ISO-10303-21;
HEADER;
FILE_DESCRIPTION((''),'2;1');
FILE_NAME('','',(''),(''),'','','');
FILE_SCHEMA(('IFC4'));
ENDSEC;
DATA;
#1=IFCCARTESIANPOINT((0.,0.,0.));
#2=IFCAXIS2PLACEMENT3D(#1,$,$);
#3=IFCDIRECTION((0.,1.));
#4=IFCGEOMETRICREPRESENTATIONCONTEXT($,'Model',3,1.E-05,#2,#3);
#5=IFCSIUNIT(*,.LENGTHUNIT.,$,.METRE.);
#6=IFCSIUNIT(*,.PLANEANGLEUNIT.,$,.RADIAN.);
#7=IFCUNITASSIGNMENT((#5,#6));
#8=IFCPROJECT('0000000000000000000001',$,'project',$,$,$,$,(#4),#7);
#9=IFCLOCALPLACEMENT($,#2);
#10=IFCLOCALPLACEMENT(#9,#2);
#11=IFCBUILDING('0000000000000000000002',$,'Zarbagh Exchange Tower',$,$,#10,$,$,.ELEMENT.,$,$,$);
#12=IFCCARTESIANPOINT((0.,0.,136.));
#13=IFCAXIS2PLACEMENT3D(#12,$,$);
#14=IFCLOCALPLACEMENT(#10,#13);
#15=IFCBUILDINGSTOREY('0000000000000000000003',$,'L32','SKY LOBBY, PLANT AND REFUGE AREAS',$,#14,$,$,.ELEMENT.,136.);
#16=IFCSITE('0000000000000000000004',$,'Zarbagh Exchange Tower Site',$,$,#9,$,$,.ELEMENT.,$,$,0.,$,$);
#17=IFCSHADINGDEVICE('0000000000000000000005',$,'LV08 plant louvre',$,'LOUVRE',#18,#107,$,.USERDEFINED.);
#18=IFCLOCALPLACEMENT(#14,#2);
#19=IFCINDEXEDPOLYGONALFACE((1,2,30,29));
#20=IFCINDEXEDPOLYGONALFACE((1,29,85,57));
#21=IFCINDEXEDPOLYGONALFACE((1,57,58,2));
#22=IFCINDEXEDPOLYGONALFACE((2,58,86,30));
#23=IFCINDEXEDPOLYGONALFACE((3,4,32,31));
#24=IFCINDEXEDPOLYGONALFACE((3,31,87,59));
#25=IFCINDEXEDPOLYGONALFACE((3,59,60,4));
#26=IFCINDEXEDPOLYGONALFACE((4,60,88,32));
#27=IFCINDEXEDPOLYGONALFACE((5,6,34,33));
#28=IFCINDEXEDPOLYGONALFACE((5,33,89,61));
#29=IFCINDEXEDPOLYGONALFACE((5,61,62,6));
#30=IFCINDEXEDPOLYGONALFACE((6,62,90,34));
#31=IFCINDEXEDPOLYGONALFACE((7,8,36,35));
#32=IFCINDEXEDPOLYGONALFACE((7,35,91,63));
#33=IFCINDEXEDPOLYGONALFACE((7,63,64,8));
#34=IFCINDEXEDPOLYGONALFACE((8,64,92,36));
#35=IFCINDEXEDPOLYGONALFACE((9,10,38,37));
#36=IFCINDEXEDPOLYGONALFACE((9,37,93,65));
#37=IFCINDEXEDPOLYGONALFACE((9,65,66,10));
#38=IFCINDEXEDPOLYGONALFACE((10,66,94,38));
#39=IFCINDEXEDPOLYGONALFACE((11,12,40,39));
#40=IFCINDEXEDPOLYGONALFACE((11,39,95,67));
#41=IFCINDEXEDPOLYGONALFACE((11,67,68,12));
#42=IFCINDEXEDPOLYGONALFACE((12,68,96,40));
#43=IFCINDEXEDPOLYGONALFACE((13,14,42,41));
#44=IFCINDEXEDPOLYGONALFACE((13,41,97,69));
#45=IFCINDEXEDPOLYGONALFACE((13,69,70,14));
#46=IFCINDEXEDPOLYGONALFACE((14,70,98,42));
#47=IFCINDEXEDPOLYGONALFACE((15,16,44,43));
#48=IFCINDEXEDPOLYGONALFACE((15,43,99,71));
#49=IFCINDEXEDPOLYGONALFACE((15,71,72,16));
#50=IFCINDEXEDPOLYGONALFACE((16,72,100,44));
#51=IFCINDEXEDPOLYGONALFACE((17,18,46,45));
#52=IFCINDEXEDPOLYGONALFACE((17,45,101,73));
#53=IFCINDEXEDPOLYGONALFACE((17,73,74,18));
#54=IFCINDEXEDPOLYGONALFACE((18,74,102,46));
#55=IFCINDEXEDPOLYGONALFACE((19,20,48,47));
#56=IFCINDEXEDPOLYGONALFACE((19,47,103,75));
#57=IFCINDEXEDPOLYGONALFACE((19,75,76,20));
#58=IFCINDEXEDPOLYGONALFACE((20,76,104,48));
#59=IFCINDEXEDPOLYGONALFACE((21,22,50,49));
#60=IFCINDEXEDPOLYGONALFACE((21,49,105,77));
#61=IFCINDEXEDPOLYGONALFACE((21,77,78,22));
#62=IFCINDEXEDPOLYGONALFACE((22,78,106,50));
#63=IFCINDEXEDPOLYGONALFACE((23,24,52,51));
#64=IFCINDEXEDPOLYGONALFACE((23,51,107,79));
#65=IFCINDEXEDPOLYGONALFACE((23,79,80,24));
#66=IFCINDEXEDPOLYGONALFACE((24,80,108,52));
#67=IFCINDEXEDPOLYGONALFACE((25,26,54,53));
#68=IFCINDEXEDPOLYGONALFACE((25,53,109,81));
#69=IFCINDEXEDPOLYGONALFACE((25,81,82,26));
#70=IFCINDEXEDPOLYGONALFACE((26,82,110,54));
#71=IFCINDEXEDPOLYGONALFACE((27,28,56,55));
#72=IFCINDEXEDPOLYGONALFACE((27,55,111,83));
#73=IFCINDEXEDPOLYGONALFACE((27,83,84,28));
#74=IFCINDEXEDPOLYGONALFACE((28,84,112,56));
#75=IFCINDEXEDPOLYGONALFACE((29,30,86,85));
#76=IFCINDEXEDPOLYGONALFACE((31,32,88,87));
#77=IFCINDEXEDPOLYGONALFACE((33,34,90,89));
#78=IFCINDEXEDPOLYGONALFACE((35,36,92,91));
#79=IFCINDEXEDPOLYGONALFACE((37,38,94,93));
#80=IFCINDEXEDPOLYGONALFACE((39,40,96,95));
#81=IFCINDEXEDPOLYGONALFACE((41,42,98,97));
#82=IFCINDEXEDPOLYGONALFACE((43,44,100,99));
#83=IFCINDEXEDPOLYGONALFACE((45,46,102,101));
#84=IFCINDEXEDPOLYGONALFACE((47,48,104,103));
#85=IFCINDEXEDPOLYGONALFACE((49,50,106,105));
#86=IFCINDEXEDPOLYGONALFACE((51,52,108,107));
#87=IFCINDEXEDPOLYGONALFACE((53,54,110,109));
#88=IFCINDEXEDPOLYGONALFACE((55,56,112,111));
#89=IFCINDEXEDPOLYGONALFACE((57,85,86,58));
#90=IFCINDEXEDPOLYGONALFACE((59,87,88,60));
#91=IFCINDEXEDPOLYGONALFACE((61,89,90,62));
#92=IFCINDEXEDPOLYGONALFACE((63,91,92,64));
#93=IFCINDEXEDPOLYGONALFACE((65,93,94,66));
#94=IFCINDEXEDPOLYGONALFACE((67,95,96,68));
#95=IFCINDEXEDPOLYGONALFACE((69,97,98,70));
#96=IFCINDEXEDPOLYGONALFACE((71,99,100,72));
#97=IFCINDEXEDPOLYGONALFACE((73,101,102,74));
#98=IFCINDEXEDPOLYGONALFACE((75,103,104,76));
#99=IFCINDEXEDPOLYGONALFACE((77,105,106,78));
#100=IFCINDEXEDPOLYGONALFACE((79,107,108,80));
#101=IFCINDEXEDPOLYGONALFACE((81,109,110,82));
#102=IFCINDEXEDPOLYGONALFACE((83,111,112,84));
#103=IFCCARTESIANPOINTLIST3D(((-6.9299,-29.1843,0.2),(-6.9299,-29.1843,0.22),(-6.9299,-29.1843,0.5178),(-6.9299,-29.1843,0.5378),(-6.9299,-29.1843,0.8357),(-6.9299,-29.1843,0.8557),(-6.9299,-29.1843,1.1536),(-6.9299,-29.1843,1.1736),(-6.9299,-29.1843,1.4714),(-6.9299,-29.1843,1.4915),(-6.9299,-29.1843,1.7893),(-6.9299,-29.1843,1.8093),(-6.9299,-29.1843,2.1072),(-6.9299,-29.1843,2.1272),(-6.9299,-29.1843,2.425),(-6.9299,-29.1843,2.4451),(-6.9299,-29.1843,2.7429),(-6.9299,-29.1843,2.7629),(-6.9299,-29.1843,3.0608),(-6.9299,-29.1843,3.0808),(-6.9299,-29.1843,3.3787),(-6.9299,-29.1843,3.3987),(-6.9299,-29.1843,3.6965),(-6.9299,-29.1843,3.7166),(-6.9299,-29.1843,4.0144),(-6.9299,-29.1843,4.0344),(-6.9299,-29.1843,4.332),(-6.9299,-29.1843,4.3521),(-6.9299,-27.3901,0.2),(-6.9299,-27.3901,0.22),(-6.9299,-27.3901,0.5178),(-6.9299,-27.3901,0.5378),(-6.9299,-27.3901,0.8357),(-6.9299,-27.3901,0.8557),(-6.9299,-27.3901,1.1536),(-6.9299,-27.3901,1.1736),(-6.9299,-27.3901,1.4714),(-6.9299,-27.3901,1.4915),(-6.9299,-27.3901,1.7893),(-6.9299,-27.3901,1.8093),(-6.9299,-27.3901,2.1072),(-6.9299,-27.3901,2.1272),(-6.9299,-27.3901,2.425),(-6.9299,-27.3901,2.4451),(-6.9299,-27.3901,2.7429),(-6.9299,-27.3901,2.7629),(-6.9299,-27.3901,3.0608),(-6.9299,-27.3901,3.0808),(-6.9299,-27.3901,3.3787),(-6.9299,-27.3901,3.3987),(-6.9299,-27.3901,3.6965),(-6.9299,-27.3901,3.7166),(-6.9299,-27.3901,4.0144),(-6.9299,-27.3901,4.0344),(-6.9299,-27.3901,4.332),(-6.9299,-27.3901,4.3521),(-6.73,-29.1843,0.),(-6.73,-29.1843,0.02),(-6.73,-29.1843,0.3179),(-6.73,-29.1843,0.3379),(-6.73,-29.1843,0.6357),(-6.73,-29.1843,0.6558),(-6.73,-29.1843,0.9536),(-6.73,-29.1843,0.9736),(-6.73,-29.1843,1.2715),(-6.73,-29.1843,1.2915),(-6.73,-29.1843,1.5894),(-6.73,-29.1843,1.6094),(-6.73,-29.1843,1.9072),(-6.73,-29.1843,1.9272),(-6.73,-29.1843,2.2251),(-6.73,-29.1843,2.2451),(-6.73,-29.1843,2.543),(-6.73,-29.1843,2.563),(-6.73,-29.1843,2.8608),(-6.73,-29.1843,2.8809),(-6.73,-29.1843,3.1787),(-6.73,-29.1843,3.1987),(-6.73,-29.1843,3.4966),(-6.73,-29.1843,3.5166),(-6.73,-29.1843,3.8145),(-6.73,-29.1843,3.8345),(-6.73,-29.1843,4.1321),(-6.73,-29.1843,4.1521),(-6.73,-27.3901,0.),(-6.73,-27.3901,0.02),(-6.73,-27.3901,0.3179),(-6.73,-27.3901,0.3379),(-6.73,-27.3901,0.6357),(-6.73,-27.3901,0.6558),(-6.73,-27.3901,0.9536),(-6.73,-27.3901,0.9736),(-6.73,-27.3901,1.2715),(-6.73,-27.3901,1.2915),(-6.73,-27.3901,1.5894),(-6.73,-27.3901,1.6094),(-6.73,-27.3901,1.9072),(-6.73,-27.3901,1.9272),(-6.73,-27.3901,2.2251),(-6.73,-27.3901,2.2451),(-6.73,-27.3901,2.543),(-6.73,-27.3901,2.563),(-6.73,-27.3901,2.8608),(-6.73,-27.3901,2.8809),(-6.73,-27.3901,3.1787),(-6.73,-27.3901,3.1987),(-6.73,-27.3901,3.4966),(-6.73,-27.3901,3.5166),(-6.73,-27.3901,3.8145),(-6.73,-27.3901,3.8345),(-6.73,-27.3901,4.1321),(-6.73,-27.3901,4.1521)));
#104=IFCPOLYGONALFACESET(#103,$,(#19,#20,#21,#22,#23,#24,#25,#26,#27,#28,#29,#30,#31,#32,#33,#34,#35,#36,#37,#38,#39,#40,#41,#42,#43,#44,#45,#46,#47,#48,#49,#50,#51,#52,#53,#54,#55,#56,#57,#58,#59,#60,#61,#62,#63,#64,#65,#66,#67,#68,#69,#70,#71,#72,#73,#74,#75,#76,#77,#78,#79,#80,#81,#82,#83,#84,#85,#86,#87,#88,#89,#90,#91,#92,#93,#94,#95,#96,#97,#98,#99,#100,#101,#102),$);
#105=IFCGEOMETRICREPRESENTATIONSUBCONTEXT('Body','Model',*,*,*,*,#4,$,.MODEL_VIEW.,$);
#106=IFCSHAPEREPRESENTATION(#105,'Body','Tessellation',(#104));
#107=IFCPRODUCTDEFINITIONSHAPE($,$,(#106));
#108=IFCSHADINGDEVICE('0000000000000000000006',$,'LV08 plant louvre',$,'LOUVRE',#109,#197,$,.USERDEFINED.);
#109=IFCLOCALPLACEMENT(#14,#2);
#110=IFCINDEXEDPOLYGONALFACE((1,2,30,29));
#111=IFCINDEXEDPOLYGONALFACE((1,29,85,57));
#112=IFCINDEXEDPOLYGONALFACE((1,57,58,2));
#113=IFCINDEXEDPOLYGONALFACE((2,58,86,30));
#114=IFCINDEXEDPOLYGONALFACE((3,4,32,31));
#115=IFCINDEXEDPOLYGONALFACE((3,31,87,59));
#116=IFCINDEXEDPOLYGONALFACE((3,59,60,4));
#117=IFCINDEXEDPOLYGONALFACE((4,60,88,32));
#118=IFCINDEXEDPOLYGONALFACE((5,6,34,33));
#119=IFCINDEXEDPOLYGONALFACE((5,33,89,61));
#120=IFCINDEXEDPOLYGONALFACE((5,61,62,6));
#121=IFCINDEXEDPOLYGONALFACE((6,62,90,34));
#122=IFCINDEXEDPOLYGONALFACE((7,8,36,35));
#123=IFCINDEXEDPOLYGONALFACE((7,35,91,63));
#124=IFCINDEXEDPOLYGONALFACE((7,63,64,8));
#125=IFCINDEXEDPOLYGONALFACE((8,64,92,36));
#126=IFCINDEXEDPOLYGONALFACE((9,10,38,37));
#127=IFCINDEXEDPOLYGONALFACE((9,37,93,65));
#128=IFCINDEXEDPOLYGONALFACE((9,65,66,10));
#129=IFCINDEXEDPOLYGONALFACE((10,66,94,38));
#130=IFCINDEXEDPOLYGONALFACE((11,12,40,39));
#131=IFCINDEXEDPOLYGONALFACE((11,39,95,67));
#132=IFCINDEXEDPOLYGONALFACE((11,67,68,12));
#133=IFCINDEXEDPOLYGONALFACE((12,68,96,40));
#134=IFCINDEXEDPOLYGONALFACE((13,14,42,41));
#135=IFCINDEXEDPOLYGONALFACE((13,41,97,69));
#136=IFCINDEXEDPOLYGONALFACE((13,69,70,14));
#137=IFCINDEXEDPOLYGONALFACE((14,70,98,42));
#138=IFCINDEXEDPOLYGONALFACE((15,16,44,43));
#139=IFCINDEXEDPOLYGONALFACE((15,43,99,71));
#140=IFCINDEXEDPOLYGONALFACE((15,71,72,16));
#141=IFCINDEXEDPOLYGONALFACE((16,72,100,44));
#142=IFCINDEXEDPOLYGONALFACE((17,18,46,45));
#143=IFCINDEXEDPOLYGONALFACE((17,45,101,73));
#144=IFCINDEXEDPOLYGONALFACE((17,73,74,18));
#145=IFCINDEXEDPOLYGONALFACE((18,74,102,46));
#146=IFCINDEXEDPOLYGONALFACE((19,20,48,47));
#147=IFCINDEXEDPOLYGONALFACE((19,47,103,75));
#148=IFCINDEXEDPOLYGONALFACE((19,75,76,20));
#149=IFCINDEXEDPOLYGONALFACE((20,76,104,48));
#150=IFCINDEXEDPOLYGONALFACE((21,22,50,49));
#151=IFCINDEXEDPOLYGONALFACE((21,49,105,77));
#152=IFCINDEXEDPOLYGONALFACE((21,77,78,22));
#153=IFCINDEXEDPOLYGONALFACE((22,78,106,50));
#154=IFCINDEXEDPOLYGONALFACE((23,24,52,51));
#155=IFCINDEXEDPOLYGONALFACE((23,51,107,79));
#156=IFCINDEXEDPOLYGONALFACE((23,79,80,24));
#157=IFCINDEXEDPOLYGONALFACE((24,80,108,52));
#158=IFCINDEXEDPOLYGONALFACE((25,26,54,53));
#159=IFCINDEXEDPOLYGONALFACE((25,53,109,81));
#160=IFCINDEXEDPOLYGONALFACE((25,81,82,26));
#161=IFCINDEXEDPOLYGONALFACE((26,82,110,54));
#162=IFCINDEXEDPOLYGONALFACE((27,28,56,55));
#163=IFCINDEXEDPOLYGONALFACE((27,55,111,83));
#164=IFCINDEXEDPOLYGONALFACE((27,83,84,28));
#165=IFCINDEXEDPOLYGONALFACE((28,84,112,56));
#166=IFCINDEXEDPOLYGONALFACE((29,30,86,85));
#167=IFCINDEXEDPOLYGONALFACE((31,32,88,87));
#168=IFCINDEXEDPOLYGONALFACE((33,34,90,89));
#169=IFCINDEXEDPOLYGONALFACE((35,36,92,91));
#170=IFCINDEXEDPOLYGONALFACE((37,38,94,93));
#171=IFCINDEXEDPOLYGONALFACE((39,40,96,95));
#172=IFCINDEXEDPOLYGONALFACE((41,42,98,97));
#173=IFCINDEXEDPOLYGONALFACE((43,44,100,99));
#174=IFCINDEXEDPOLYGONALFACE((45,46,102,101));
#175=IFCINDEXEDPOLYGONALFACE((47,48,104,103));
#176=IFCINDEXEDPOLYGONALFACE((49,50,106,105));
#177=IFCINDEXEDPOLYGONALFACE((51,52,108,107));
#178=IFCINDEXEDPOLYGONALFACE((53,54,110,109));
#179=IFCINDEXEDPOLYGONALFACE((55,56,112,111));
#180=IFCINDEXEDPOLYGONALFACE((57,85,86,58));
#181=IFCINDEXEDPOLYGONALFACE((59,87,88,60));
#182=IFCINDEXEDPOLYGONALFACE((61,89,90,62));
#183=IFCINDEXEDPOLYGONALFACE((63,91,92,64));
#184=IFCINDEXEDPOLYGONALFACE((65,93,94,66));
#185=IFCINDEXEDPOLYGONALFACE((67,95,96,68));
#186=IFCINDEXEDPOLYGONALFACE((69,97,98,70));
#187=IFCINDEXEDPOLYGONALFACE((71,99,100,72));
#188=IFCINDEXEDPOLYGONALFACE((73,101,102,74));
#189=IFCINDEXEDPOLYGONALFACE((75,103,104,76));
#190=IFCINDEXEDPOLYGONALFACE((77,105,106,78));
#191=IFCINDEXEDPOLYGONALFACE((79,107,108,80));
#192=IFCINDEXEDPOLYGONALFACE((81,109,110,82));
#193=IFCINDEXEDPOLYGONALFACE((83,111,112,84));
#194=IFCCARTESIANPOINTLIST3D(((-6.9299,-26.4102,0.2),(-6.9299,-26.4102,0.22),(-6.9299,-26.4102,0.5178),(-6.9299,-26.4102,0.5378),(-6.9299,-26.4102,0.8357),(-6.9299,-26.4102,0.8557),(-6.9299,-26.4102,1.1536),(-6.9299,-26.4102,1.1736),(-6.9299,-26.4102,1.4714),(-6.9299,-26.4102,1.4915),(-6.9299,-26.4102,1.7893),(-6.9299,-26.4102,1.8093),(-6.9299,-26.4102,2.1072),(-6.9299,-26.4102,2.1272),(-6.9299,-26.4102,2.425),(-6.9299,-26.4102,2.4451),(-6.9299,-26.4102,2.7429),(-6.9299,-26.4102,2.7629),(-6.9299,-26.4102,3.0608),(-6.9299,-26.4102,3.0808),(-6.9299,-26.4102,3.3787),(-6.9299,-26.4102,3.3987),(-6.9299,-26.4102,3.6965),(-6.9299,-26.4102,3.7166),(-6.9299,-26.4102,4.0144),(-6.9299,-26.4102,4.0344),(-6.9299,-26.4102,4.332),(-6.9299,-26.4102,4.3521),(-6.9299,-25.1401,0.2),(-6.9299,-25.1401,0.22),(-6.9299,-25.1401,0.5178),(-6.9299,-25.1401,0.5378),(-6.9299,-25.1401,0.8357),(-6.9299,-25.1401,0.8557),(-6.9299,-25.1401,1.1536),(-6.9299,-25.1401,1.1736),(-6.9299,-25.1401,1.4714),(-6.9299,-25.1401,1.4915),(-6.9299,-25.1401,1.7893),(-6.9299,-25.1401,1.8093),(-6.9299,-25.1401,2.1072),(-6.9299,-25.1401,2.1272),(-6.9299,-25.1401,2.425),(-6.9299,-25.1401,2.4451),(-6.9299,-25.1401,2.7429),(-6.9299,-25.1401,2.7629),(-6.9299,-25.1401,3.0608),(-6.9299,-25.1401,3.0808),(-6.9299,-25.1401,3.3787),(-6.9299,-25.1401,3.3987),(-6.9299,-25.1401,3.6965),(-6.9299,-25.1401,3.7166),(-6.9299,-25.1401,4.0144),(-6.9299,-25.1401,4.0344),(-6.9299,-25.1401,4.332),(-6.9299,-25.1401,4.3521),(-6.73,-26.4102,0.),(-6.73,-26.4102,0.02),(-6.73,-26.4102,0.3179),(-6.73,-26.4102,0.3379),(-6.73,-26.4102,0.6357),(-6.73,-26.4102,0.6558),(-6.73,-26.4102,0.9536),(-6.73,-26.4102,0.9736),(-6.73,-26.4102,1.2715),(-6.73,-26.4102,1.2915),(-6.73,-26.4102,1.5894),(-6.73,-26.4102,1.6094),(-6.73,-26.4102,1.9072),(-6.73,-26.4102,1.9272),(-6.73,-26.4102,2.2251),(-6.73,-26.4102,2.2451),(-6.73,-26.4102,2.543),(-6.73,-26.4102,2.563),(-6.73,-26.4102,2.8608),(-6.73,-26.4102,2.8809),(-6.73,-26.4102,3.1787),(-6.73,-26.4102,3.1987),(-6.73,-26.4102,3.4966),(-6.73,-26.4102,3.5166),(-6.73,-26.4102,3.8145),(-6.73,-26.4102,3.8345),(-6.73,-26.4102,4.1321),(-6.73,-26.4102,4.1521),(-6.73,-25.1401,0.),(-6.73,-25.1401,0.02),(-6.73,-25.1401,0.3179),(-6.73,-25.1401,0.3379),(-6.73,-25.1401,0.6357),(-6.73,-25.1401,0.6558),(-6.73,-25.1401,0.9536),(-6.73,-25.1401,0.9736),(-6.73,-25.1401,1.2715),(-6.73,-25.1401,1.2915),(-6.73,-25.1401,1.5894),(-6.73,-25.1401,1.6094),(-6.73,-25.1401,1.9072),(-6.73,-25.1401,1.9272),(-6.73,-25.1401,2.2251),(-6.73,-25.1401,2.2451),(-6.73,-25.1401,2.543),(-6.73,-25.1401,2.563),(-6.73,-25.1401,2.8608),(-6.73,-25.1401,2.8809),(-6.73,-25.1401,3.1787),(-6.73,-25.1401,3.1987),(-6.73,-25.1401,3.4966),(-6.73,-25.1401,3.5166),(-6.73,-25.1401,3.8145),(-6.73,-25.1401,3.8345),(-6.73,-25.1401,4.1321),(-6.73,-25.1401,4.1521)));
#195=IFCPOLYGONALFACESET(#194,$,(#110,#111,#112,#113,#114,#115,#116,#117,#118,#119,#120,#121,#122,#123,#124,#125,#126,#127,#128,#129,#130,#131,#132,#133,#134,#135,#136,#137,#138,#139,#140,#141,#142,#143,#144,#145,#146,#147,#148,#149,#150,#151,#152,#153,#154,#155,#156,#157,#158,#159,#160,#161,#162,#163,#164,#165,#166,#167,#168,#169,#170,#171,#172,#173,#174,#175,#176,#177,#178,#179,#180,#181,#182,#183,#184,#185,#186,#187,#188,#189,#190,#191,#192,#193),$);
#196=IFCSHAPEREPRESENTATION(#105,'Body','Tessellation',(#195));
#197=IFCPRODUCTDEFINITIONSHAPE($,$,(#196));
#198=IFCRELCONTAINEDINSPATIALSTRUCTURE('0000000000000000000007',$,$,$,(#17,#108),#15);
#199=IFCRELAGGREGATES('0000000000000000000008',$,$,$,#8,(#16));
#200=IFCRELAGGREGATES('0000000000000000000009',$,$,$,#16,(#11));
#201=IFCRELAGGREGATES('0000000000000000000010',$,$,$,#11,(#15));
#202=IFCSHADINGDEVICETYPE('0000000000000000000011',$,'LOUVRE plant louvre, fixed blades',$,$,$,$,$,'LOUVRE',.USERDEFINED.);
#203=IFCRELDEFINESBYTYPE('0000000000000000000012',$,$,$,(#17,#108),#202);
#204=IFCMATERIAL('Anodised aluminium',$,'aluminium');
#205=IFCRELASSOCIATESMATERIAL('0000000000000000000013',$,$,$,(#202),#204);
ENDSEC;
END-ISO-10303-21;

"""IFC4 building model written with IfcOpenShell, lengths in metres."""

from ifc_helpers import new_model, si_unit, direction, frame, origin, place, context, subcontext, project, spatial, polyline, outline, extrude, source, transform, mapped, material, type_object, element, save


model = new_model("IFC4")

# Units and contexts
model_context = context("Model", 3, precision=1e-05, world=origin(), true_north=direction((0.0, 1.0)))
body_context = subcontext(model_context, "Body", "Model", "MODEL_VIEW")
ifc_project = project(units=[si_unit("LENGTHUNIT", "METRE"), si_unit("PLANEANGLEUNIT", "RADIAN")], contexts=[model_context])

# Site, building, storey
site_placement = place(None, origin())
site = spatial("IfcSite", under=ifc_project, at=site_placement, Name="Zarbagh Exchange Tower Site", CompositionType="ELEMENT", RefElevation=0.0)
building_placement = place(site_placement, origin())
building = spatial("IfcBuilding", under=site, at=building_placement, Name="Zarbagh Exchange Tower", CompositionType="ELEMENT")
storey_placement = place(building_placement, frame((0.0, 0.0, 136.0)))
storey = spatial("IfcBuildingStorey", under=building, at=storey_placement, Name="L32", Description="SKY LOBBY, PLANT AND REFUGE AREAS", CompositionType="ELEMENT", Elevation=136.0)

# Shared definitions
placement = place(storey_placement, origin())

# Shared definitions
ifc_material_1 = material(Name="Anodised aluminium", Category="aluminium")
shading_device_type = type_object("IfcShadingDeviceType", Name="LOUVRE plant louvre, fixed blades", ElementType="LOUVRE", PredefinedType="USERDEFINED", material=ifc_material_1)

# Shading devices
shared_shape_1 = source(origin(), body_context, "Body", "SweptSolid", [
    extrude(outline(polyline([(0.0, 0.2), (0.2, 0.0), (0.2, -0.02), (0.0, 0.1799), (0.0, 0.2)])), origin(), (0.0, 0.0, 1.0), 1.7942),
])
element("IfcShadingDevice", 1, at=placement, inside=storey, type_object=shading_device_type, Name="LV08 plant louvre", ObjectType="LOUVRE", PredefinedType="USERDEFINED", context=body_context, shape_type="MappedRepresentation", body=[
    mapped(shared_shape_1, transform((-6.73, -27.3901, 0.2), x_axis=(-1.0, 0.0, 0.0), y_axis=(0.0, 0.0, -1.0), z_axis=(0.0, -1.0, 0.0))),
    mapped(shared_shape_1, transform((-6.73, -27.3901, 0.5178), x_axis=(-1.0, 0.0, 0.0), y_axis=(0.0, 0.0, -1.0), z_axis=(0.0, -1.0, 0.0))),
    mapped(shared_shape_1, transform((-6.73, -27.3901, 0.8357), x_axis=(-1.0, 0.0, 0.0), y_axis=(0.0, 0.0, -1.0), z_axis=(0.0, -1.0, 0.0))),
    mapped(shared_shape_1, transform((-6.73, -27.3901, 1.1536), x_axis=(-1.0, 0.0, 0.0), y_axis=(0.0, 0.0, -1.0), z_axis=(0.0, -1.0, 0.0))),
    mapped(shared_shape_1, transform((-6.73, -27.3901, 1.4714), x_axis=(-1.0, 0.0, 0.0), y_axis=(0.0, 0.0, -1.0), z_axis=(0.0, -1.0, 0.0))),
    mapped(shared_shape_1, transform((-6.73, -27.3901, 1.7893), x_axis=(-1.0, 0.0, 0.0), y_axis=(0.0, 0.0, -1.0), z_axis=(0.0, -1.0, 0.0))),
    mapped(shared_shape_1, transform((-6.73, -27.3901, 2.1072), x_axis=(-1.0, 0.0, 0.0), y_axis=(0.0, 0.0, -1.0), z_axis=(0.0, -1.0, 0.0))),
    mapped(shared_shape_1, transform((-6.73, -27.3901, 2.425), x_axis=(-1.0, 0.0, 0.0), y_axis=(0.0, 0.0, -1.0), z_axis=(0.0, -1.0, 0.0))),
    mapped(shared_shape_1, transform((-6.73, -27.3901, 2.7429), x_axis=(-1.0, 0.0, 0.0), y_axis=(0.0, 0.0, -1.0), z_axis=(0.0, -1.0, 0.0))),
    mapped(shared_shape_1, transform((-6.73, -27.3901, 3.0608), x_axis=(-1.0, 0.0, 0.0), y_axis=(0.0, 0.0, -1.0), z_axis=(0.0, -1.0, 0.0))),
    mapped(shared_shape_1, transform((-6.73, -27.3901, 3.3787), x_axis=(-1.0, 0.0, 0.0), y_axis=(0.0, 0.0, -1.0), z_axis=(0.0, -1.0, 0.0))),
    mapped(shared_shape_1, transform((-6.73, -27.3901, 3.6965), x_axis=(-1.0, 0.0, 0.0), y_axis=(0.0, 0.0, -1.0), z_axis=(0.0, -1.0, 0.0))),
    mapped(shared_shape_1, transform((-6.73, -27.3901, 4.0144), x_axis=(-1.0, 0.0, 0.0), y_axis=(0.0, 0.0, -1.0), z_axis=(0.0, -1.0, 0.0))),
    mapped(shared_shape_1, transform((-6.73, -27.3901, 4.332), x_axis=(-1.0, 0.0, 0.0), y_axis=(0.0, 0.0, -1.0), z_axis=(0.0, -1.0, 0.0))),
])
shared_shape_2 = source(origin(), body_context, "Body", "SweptSolid", [
    extrude(outline(polyline([(0.0, 0.2), (0.2, 0.0), (0.2, -0.02), (0.0, 0.1799), (0.0, 0.2)])), origin(), (0.0, 0.0, 1.0), 1.27),
])
element("IfcShadingDevice", 2, at=placement, inside=storey, type_object=shading_device_type, Name="LV08 plant louvre", ObjectType="LOUVRE", PredefinedType="USERDEFINED", context=body_context, shape_type="MappedRepresentation", body=[
    mapped(shared_shape_2, transform((-6.73, -25.1401, 0.2), x_axis=(-1.0, 0.0, 0.0), y_axis=(0.0, 0.0, -1.0), z_axis=(0.0, -1.0, 0.0))),
    mapped(shared_shape_2, transform((-6.73, -25.1401, 0.5178), x_axis=(-1.0, 0.0, 0.0), y_axis=(0.0, 0.0, -1.0), z_axis=(0.0, -1.0, 0.0))),
    mapped(shared_shape_2, transform((-6.73, -25.1401, 0.8357), x_axis=(-1.0, 0.0, 0.0), y_axis=(0.0, 0.0, -1.0), z_axis=(0.0, -1.0, 0.0))),
    mapped(shared_shape_2, transform((-6.73, -25.1401, 1.1536), x_axis=(-1.0, 0.0, 0.0), y_axis=(0.0, 0.0, -1.0), z_axis=(0.0, -1.0, 0.0))),
    mapped(shared_shape_2, transform((-6.73, -25.1401, 1.4714), x_axis=(-1.0, 0.0, 0.0), y_axis=(0.0, 0.0, -1.0), z_axis=(0.0, -1.0, 0.0))),
    mapped(shared_shape_2, transform((-6.73, -25.1401, 1.7893), x_axis=(-1.0, 0.0, 0.0), y_axis=(0.0, 0.0, -1.0), z_axis=(0.0, -1.0, 0.0))),
    mapped(shared_shape_2, transform((-6.73, -25.1401, 2.1072), x_axis=(-1.0, 0.0, 0.0), y_axis=(0.0, 0.0, -1.0), z_axis=(0.0, -1.0, 0.0))),
    mapped(shared_shape_2, transform((-6.73, -25.1401, 2.425), x_axis=(-1.0, 0.0, 0.0), y_axis=(0.0, 0.0, -1.0), z_axis=(0.0, -1.0, 0.0))),
    mapped(shared_shape_2, transform((-6.73, -25.1401, 2.7429), x_axis=(-1.0, 0.0, 0.0), y_axis=(0.0, 0.0, -1.0), z_axis=(0.0, -1.0, 0.0))),
    mapped(shared_shape_2, transform((-6.73, -25.1401, 3.0608), x_axis=(-1.0, 0.0, 0.0), y_axis=(0.0, 0.0, -1.0), z_axis=(0.0, -1.0, 0.0))),
    mapped(shared_shape_2, transform((-6.73, -25.1401, 3.3787), x_axis=(-1.0, 0.0, 0.0), y_axis=(0.0, 0.0, -1.0), z_axis=(0.0, -1.0, 0.0))),
    mapped(shared_shape_2, transform((-6.73, -25.1401, 3.6965), x_axis=(-1.0, 0.0, 0.0), y_axis=(0.0, 0.0, -1.0), z_axis=(0.0, -1.0, 0.0))),
    mapped(shared_shape_2, transform((-6.73, -25.1401, 4.0144), x_axis=(-1.0, 0.0, 0.0), y_axis=(0.0, 0.0, -1.0), z_axis=(0.0, -1.0, 0.0))),
    mapped(shared_shape_2, transform((-6.73, -25.1401, 4.332), x_axis=(-1.0, 0.0, 0.0), y_axis=(0.0, 0.0, -1.0), z_axis=(0.0, -1.0, 0.0))),
])

save(model, "model.ifc")
